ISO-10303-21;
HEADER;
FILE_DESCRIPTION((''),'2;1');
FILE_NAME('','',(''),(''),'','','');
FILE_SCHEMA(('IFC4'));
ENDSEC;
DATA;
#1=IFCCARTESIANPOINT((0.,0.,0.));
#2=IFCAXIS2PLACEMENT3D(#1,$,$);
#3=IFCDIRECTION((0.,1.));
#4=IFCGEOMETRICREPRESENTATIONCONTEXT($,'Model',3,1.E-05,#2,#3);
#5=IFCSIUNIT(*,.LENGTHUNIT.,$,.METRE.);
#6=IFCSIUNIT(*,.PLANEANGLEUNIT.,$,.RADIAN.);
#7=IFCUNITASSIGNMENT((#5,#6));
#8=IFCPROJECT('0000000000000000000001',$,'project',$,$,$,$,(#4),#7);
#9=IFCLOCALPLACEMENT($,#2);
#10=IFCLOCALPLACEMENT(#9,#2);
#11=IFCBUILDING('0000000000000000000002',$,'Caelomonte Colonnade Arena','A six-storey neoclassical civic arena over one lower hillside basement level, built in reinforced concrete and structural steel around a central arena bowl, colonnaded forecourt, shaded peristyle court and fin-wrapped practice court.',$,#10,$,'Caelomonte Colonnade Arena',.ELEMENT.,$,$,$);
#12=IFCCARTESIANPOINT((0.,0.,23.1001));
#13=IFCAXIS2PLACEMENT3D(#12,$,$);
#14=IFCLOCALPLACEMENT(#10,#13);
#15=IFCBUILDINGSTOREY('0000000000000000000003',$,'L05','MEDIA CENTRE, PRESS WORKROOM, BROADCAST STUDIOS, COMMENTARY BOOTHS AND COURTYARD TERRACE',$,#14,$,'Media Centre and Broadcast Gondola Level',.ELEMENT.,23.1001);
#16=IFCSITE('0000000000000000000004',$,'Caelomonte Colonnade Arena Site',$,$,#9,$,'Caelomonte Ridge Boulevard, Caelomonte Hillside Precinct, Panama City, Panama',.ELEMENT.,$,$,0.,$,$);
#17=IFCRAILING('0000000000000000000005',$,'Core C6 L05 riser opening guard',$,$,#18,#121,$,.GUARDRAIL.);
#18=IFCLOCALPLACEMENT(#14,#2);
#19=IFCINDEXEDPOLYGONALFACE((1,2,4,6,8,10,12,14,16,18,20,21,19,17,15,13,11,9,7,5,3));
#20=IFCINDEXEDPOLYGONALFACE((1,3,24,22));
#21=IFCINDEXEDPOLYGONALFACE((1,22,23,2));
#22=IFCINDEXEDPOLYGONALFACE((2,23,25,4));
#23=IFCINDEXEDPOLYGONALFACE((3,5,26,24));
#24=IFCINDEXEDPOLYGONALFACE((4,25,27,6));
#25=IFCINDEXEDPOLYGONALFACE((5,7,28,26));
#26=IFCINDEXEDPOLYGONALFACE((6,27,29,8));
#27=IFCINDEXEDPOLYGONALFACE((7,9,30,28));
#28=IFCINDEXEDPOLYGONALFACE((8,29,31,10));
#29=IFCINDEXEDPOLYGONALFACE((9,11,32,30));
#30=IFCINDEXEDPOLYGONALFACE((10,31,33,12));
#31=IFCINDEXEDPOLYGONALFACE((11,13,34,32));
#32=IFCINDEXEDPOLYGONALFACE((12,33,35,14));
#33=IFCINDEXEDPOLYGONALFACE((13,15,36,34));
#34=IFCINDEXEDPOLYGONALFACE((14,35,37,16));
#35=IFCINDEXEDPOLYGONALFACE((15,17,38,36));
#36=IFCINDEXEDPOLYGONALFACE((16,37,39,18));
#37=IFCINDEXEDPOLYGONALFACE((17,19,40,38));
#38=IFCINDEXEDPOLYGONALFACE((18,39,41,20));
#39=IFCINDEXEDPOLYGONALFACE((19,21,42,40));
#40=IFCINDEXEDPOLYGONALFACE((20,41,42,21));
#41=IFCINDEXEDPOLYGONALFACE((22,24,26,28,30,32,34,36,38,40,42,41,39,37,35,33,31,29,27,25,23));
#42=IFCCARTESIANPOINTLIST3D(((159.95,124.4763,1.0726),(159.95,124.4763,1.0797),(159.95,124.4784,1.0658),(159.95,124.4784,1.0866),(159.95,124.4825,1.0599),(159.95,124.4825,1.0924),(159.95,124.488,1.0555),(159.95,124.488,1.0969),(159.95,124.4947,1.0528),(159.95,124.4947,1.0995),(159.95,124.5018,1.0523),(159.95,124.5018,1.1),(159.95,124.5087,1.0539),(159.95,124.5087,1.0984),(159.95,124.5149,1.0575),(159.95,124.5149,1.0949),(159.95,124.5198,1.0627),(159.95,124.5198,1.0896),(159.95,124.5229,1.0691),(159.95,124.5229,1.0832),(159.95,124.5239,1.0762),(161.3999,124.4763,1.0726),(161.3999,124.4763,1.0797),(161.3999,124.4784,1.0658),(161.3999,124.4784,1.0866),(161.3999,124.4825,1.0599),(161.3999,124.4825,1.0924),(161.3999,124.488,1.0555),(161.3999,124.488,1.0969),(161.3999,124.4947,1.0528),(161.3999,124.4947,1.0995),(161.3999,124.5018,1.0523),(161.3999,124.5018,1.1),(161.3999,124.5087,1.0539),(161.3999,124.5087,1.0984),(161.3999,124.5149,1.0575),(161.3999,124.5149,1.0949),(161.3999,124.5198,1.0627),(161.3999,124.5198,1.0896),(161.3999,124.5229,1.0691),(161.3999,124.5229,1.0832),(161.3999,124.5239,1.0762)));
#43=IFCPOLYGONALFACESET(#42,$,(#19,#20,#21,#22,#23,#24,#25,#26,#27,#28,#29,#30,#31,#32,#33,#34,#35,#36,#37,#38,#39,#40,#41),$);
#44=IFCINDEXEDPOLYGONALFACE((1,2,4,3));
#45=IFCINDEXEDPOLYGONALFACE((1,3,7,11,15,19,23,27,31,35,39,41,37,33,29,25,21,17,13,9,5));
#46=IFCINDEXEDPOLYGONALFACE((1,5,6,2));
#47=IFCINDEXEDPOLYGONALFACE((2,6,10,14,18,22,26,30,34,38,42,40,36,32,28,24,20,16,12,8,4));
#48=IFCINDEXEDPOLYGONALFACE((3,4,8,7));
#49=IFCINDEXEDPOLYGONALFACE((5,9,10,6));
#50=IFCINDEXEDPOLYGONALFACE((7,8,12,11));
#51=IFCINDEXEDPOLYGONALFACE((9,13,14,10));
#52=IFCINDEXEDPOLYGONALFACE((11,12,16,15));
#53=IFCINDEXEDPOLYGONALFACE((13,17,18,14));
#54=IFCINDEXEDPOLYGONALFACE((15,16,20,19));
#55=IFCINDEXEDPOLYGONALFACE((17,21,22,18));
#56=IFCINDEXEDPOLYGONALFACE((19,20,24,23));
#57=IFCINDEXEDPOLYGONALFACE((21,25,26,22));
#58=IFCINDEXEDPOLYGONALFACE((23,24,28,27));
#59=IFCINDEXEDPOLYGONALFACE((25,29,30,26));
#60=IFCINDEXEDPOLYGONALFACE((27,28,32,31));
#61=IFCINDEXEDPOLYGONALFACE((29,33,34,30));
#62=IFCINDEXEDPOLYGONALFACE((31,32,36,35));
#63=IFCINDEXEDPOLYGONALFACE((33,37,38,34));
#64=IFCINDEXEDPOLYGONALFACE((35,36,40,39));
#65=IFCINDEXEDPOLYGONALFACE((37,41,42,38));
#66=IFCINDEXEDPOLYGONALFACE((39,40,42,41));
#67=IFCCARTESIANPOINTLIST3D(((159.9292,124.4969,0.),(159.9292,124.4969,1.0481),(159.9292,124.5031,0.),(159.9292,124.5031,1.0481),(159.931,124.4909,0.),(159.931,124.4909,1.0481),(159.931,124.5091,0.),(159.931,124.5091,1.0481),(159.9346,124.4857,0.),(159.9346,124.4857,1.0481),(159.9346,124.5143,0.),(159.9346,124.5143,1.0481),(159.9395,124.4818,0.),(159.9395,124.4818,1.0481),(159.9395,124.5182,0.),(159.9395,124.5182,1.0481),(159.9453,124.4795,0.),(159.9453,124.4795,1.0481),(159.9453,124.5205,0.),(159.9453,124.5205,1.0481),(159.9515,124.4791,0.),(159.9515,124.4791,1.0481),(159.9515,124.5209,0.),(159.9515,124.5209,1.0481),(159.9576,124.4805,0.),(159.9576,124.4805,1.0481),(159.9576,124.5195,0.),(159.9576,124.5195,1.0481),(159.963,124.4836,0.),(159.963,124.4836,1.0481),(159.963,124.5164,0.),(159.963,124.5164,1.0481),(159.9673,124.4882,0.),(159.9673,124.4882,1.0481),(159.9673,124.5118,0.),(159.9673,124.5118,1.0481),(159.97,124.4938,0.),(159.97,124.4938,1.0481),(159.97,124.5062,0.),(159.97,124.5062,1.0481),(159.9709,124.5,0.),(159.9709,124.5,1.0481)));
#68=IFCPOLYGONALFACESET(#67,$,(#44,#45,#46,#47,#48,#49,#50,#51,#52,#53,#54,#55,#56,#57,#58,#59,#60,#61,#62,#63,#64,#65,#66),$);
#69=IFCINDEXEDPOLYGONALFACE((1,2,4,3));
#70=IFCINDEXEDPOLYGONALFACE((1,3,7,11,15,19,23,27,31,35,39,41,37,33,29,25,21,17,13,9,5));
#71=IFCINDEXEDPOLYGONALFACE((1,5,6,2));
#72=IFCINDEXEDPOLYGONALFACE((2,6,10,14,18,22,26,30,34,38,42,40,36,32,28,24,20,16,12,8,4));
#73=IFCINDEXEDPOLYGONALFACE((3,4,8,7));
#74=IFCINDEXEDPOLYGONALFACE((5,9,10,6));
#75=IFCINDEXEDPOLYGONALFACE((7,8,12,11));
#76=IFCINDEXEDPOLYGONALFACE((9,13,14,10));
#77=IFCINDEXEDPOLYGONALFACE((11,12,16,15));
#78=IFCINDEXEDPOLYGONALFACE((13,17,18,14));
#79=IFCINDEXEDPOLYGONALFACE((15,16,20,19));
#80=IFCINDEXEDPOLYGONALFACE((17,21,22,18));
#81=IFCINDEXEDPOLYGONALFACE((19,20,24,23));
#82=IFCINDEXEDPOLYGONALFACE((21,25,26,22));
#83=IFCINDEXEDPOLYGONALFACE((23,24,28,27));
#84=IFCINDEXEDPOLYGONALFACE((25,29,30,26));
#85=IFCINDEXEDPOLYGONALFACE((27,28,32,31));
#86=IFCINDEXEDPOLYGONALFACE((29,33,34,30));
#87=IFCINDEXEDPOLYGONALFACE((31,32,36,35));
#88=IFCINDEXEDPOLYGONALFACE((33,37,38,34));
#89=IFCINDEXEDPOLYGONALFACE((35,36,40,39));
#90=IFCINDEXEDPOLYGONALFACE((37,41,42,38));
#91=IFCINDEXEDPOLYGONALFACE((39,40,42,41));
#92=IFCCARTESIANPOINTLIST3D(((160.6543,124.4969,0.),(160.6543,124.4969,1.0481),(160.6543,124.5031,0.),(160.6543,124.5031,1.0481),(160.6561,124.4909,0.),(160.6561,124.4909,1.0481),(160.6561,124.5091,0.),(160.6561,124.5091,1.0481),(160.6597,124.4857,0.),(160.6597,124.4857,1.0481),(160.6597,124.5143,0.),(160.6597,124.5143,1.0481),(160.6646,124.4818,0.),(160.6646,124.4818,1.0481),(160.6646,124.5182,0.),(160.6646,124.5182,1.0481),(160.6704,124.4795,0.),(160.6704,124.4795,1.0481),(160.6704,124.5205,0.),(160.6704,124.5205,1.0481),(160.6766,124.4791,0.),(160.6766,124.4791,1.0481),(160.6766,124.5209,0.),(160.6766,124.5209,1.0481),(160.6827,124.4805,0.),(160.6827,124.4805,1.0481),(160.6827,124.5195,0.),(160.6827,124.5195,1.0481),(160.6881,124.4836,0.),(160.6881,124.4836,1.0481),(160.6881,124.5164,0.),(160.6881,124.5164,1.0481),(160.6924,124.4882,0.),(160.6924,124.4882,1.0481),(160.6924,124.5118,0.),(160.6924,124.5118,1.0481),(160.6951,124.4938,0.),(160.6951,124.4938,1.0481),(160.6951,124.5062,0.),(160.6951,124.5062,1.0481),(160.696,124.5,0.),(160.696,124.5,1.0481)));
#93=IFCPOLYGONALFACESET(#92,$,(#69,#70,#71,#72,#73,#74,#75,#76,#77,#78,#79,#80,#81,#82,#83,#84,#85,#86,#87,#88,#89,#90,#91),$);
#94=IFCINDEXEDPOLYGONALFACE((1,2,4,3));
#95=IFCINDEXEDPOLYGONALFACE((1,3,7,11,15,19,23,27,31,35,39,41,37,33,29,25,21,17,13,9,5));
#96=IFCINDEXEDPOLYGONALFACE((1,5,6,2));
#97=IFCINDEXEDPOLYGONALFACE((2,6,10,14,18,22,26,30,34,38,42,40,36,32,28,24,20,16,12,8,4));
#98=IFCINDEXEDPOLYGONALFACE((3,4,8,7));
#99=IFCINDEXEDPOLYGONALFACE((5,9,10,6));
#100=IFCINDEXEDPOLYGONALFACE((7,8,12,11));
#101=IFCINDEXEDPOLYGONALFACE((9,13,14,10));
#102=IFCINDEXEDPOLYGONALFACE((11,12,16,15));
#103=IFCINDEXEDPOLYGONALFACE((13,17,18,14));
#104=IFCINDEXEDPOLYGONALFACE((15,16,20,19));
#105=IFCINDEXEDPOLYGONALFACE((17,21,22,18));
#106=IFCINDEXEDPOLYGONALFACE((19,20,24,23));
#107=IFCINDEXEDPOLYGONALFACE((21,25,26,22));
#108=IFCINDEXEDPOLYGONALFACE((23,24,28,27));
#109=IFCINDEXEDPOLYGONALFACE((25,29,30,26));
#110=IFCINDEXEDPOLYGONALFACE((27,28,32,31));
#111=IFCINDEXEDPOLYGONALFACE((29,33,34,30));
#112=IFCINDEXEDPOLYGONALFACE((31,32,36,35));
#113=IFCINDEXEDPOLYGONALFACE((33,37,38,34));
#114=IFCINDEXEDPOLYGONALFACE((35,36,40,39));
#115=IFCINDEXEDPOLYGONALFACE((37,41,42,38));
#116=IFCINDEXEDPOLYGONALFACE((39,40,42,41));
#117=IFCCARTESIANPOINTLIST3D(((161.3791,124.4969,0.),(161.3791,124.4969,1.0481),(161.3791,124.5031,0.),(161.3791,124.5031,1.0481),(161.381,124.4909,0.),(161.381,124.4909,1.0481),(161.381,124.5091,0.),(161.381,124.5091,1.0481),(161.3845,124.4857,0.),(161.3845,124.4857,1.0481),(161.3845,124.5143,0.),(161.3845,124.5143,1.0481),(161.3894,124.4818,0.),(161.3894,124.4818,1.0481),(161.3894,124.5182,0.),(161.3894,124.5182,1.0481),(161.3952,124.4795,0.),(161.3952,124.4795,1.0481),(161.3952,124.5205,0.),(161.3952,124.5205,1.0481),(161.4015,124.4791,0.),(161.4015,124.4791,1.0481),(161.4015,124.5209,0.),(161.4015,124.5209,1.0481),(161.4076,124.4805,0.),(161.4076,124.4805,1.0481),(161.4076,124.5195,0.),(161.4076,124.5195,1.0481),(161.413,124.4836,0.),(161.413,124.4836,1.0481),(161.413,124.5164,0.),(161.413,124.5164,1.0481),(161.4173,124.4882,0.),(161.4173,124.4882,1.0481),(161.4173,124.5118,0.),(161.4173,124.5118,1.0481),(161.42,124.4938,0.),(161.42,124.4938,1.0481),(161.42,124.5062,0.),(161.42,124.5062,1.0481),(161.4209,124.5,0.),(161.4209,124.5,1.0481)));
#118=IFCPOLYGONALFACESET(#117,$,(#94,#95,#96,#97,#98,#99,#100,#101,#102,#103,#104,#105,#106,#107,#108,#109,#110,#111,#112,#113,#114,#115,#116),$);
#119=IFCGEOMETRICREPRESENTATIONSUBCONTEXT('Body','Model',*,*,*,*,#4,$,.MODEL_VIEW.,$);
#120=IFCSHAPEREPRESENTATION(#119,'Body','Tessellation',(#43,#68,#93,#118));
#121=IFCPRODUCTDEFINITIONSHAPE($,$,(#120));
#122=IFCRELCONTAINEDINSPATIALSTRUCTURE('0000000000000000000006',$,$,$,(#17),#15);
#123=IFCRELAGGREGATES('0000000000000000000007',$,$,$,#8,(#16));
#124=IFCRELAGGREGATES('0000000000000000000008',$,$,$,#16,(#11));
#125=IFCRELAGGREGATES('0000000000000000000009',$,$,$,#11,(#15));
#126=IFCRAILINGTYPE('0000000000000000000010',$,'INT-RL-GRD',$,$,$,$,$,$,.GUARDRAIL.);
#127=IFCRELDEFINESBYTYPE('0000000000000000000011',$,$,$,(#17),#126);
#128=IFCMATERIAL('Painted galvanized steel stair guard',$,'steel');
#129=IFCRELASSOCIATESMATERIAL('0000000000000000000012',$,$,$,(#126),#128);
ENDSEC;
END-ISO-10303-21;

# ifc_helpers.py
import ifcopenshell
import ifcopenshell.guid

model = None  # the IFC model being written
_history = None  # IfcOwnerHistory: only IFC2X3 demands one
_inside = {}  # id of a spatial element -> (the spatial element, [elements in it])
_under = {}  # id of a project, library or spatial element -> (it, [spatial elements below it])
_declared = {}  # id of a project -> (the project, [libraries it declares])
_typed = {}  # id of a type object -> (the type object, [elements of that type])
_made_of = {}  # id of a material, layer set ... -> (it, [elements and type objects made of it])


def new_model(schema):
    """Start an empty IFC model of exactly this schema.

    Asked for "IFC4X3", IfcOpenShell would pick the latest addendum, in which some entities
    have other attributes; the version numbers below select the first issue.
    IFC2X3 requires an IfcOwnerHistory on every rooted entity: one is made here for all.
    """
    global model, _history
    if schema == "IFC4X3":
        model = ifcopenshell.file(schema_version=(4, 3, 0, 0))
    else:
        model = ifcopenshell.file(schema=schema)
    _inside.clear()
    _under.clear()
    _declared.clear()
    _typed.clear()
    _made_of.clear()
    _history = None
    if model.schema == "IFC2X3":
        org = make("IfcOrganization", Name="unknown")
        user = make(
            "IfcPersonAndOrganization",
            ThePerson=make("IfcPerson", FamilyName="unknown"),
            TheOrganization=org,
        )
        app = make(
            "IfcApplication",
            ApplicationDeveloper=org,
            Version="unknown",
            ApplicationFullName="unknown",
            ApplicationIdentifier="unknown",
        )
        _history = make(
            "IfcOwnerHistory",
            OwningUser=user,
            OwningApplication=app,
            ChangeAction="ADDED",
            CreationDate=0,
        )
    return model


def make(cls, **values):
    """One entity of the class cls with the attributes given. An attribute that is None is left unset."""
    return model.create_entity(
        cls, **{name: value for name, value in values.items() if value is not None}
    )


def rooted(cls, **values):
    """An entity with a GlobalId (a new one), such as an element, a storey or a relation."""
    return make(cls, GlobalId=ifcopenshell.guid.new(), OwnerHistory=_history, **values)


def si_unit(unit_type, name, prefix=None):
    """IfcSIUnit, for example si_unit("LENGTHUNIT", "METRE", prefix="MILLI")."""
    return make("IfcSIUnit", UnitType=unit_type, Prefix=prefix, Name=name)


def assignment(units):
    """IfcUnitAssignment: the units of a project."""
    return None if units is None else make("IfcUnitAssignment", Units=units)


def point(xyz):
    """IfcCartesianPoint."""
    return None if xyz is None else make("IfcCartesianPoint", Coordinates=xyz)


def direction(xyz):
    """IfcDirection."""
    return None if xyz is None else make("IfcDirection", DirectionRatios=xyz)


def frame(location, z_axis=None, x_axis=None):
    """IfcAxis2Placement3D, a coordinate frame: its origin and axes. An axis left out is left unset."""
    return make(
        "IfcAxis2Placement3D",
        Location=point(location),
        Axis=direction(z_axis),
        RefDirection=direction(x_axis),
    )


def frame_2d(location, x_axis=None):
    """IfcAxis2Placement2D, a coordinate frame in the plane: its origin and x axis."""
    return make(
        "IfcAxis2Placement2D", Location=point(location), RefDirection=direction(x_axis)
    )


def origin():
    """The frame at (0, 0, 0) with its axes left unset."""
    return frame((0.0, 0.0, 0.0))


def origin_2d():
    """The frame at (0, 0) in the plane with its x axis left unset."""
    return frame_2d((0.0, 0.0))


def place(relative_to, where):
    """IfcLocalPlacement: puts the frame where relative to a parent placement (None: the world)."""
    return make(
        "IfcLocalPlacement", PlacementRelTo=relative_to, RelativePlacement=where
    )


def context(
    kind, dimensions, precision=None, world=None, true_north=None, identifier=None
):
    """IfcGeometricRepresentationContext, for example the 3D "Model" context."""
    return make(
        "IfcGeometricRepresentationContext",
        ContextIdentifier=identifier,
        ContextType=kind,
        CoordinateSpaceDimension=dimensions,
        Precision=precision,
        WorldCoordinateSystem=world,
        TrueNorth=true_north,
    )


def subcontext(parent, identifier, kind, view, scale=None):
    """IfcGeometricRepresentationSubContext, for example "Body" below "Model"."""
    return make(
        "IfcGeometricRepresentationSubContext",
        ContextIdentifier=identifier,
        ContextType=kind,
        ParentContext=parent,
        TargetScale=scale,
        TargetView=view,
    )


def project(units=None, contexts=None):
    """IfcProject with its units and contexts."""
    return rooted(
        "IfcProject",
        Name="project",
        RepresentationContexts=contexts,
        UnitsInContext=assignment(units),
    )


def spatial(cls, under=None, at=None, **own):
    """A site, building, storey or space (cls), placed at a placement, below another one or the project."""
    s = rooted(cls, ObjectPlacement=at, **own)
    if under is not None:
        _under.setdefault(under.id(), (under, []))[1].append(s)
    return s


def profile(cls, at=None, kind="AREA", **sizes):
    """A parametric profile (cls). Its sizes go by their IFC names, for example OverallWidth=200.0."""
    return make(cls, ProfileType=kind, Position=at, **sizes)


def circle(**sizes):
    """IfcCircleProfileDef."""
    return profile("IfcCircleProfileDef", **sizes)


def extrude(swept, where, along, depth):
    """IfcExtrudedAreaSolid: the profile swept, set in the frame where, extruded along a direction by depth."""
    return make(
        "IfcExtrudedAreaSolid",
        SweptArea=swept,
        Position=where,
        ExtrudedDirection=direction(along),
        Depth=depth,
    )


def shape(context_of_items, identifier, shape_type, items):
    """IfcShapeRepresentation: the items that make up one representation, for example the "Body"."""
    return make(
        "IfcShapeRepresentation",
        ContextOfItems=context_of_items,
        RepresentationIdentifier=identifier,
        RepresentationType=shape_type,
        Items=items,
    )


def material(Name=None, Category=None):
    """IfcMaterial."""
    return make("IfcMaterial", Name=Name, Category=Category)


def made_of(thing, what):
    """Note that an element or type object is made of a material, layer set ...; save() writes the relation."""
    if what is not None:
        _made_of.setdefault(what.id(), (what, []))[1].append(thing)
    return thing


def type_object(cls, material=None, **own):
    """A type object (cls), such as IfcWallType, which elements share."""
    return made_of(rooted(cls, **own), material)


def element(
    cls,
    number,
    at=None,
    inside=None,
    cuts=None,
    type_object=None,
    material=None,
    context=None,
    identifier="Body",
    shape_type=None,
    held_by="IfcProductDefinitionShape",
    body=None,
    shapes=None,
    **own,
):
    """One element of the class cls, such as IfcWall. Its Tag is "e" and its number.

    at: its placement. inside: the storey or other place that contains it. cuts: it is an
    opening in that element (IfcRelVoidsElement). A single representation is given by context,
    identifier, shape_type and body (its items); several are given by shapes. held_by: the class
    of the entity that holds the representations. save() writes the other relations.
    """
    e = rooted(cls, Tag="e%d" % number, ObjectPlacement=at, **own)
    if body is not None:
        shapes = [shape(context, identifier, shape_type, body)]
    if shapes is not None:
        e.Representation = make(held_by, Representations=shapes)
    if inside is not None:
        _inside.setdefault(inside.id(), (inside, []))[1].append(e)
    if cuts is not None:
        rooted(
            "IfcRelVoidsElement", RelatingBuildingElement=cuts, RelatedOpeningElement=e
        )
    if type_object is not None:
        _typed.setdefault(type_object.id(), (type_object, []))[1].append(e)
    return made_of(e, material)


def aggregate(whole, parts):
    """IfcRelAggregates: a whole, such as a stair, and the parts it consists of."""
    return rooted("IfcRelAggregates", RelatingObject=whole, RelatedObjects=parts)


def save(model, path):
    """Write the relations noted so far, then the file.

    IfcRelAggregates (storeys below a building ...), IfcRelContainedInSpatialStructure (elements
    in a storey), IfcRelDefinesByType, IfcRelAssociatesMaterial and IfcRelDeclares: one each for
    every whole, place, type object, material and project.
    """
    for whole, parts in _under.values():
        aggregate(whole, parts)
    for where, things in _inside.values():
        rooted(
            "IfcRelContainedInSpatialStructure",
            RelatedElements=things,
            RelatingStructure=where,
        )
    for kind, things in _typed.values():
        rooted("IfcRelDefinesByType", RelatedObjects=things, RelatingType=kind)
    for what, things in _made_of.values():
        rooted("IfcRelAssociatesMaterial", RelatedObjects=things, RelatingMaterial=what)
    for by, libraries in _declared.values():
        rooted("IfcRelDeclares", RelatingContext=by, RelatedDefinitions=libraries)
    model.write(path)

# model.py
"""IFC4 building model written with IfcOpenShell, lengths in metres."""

from ifc_helpers import new_model, si_unit, direction, frame, origin, origin_2d, place, context, subcontext, project, spatial, circle, extrude, material, type_object, element, save


model = new_model("IFC4")

# Units and contexts
model_context = context("Model", 3, precision=1e-05, world=origin(), true_north=direction((0.0, 1.0)))
body_context = subcontext(model_context, "Body", "Model", "MODEL_VIEW")
ifc_project = project(units=[si_unit("LENGTHUNIT", "METRE"), si_unit("PLANEANGLEUNIT", "RADIAN")], contexts=[model_context])

# Site, building, storey
site_placement = place(None, origin())
site = spatial("IfcSite", under=ifc_project, at=site_placement, Name="Caelomonte Colonnade Arena Site", LongName="Caelomonte Ridge Boulevard, Caelomonte Hillside Precinct, Panama City, Panama", CompositionType="ELEMENT", RefElevation=0.0)
building_placement = place(site_placement, origin())
building = spatial("IfcBuilding", under=site, at=building_placement, Name="Caelomonte Colonnade Arena", Description="A six-storey neoclassical civic arena over one lower hillside basement level, built in reinforced concrete and structural steel around a central arena bowl, colonnaded forecourt, shaded peristyle court and fin-wrapped practice court.", LongName="Caelomonte Colonnade Arena", CompositionType="ELEMENT")
storey_placement = place(building_placement, frame((0.0, 0.0, 23.1001)))
storey = spatial("IfcBuildingStorey", under=building, at=storey_placement, Name="L05", Description="MEDIA CENTRE, PRESS WORKROOM, BROADCAST STUDIOS, COMMENTARY BOOTHS AND COURTYARD TERRACE", LongName="Media Centre and Broadcast Gondola Level", CompositionType="ELEMENT", Elevation=23.1001)

# Railing
ifc_material_1 = material(Name="Painted galvanized steel stair guard", Category="steel")
railing_type = type_object("IfcRailingType", Name="INT-RL-GRD", PredefinedType="GUARDRAIL", material=ifc_material_1)
railing_1_placement = place(storey_placement, frame((159.95, 124.5, 0.0)))
element("IfcRailing", 1, at=railing_1_placement, inside=storey, type_object=railing_type, Name="Core C6 L05 riser opening guard", PredefinedType="GUARDRAIL", context=body_context, shape_type="SweptSolid", body=[
    extrude(circle(Radius=0.0239, at=origin_2d()), frame((0.0, 0.0, 1.0762), z_axis=(1.0, 0.0, 0.0), x_axis=(0.0, 1.0, 0.0)), (0.0, 0.0, 1.0), 1.45),
    extrude(circle(Radius=0.021, at=origin_2d()), origin(), (0.0, 0.0, 1.0), 1.0481),
    extrude(circle(Radius=0.021, at=origin_2d()), frame((0.7251, 0.0, 0.0)), (0.0, 0.0, 1.0), 1.0481),
    extrude(circle(Radius=0.021, at=origin_2d()), frame((1.45, 0.0, 0.0)), (0.0, 0.0, 1.0), 1.0481),
])

save(model, "model.ifc")
